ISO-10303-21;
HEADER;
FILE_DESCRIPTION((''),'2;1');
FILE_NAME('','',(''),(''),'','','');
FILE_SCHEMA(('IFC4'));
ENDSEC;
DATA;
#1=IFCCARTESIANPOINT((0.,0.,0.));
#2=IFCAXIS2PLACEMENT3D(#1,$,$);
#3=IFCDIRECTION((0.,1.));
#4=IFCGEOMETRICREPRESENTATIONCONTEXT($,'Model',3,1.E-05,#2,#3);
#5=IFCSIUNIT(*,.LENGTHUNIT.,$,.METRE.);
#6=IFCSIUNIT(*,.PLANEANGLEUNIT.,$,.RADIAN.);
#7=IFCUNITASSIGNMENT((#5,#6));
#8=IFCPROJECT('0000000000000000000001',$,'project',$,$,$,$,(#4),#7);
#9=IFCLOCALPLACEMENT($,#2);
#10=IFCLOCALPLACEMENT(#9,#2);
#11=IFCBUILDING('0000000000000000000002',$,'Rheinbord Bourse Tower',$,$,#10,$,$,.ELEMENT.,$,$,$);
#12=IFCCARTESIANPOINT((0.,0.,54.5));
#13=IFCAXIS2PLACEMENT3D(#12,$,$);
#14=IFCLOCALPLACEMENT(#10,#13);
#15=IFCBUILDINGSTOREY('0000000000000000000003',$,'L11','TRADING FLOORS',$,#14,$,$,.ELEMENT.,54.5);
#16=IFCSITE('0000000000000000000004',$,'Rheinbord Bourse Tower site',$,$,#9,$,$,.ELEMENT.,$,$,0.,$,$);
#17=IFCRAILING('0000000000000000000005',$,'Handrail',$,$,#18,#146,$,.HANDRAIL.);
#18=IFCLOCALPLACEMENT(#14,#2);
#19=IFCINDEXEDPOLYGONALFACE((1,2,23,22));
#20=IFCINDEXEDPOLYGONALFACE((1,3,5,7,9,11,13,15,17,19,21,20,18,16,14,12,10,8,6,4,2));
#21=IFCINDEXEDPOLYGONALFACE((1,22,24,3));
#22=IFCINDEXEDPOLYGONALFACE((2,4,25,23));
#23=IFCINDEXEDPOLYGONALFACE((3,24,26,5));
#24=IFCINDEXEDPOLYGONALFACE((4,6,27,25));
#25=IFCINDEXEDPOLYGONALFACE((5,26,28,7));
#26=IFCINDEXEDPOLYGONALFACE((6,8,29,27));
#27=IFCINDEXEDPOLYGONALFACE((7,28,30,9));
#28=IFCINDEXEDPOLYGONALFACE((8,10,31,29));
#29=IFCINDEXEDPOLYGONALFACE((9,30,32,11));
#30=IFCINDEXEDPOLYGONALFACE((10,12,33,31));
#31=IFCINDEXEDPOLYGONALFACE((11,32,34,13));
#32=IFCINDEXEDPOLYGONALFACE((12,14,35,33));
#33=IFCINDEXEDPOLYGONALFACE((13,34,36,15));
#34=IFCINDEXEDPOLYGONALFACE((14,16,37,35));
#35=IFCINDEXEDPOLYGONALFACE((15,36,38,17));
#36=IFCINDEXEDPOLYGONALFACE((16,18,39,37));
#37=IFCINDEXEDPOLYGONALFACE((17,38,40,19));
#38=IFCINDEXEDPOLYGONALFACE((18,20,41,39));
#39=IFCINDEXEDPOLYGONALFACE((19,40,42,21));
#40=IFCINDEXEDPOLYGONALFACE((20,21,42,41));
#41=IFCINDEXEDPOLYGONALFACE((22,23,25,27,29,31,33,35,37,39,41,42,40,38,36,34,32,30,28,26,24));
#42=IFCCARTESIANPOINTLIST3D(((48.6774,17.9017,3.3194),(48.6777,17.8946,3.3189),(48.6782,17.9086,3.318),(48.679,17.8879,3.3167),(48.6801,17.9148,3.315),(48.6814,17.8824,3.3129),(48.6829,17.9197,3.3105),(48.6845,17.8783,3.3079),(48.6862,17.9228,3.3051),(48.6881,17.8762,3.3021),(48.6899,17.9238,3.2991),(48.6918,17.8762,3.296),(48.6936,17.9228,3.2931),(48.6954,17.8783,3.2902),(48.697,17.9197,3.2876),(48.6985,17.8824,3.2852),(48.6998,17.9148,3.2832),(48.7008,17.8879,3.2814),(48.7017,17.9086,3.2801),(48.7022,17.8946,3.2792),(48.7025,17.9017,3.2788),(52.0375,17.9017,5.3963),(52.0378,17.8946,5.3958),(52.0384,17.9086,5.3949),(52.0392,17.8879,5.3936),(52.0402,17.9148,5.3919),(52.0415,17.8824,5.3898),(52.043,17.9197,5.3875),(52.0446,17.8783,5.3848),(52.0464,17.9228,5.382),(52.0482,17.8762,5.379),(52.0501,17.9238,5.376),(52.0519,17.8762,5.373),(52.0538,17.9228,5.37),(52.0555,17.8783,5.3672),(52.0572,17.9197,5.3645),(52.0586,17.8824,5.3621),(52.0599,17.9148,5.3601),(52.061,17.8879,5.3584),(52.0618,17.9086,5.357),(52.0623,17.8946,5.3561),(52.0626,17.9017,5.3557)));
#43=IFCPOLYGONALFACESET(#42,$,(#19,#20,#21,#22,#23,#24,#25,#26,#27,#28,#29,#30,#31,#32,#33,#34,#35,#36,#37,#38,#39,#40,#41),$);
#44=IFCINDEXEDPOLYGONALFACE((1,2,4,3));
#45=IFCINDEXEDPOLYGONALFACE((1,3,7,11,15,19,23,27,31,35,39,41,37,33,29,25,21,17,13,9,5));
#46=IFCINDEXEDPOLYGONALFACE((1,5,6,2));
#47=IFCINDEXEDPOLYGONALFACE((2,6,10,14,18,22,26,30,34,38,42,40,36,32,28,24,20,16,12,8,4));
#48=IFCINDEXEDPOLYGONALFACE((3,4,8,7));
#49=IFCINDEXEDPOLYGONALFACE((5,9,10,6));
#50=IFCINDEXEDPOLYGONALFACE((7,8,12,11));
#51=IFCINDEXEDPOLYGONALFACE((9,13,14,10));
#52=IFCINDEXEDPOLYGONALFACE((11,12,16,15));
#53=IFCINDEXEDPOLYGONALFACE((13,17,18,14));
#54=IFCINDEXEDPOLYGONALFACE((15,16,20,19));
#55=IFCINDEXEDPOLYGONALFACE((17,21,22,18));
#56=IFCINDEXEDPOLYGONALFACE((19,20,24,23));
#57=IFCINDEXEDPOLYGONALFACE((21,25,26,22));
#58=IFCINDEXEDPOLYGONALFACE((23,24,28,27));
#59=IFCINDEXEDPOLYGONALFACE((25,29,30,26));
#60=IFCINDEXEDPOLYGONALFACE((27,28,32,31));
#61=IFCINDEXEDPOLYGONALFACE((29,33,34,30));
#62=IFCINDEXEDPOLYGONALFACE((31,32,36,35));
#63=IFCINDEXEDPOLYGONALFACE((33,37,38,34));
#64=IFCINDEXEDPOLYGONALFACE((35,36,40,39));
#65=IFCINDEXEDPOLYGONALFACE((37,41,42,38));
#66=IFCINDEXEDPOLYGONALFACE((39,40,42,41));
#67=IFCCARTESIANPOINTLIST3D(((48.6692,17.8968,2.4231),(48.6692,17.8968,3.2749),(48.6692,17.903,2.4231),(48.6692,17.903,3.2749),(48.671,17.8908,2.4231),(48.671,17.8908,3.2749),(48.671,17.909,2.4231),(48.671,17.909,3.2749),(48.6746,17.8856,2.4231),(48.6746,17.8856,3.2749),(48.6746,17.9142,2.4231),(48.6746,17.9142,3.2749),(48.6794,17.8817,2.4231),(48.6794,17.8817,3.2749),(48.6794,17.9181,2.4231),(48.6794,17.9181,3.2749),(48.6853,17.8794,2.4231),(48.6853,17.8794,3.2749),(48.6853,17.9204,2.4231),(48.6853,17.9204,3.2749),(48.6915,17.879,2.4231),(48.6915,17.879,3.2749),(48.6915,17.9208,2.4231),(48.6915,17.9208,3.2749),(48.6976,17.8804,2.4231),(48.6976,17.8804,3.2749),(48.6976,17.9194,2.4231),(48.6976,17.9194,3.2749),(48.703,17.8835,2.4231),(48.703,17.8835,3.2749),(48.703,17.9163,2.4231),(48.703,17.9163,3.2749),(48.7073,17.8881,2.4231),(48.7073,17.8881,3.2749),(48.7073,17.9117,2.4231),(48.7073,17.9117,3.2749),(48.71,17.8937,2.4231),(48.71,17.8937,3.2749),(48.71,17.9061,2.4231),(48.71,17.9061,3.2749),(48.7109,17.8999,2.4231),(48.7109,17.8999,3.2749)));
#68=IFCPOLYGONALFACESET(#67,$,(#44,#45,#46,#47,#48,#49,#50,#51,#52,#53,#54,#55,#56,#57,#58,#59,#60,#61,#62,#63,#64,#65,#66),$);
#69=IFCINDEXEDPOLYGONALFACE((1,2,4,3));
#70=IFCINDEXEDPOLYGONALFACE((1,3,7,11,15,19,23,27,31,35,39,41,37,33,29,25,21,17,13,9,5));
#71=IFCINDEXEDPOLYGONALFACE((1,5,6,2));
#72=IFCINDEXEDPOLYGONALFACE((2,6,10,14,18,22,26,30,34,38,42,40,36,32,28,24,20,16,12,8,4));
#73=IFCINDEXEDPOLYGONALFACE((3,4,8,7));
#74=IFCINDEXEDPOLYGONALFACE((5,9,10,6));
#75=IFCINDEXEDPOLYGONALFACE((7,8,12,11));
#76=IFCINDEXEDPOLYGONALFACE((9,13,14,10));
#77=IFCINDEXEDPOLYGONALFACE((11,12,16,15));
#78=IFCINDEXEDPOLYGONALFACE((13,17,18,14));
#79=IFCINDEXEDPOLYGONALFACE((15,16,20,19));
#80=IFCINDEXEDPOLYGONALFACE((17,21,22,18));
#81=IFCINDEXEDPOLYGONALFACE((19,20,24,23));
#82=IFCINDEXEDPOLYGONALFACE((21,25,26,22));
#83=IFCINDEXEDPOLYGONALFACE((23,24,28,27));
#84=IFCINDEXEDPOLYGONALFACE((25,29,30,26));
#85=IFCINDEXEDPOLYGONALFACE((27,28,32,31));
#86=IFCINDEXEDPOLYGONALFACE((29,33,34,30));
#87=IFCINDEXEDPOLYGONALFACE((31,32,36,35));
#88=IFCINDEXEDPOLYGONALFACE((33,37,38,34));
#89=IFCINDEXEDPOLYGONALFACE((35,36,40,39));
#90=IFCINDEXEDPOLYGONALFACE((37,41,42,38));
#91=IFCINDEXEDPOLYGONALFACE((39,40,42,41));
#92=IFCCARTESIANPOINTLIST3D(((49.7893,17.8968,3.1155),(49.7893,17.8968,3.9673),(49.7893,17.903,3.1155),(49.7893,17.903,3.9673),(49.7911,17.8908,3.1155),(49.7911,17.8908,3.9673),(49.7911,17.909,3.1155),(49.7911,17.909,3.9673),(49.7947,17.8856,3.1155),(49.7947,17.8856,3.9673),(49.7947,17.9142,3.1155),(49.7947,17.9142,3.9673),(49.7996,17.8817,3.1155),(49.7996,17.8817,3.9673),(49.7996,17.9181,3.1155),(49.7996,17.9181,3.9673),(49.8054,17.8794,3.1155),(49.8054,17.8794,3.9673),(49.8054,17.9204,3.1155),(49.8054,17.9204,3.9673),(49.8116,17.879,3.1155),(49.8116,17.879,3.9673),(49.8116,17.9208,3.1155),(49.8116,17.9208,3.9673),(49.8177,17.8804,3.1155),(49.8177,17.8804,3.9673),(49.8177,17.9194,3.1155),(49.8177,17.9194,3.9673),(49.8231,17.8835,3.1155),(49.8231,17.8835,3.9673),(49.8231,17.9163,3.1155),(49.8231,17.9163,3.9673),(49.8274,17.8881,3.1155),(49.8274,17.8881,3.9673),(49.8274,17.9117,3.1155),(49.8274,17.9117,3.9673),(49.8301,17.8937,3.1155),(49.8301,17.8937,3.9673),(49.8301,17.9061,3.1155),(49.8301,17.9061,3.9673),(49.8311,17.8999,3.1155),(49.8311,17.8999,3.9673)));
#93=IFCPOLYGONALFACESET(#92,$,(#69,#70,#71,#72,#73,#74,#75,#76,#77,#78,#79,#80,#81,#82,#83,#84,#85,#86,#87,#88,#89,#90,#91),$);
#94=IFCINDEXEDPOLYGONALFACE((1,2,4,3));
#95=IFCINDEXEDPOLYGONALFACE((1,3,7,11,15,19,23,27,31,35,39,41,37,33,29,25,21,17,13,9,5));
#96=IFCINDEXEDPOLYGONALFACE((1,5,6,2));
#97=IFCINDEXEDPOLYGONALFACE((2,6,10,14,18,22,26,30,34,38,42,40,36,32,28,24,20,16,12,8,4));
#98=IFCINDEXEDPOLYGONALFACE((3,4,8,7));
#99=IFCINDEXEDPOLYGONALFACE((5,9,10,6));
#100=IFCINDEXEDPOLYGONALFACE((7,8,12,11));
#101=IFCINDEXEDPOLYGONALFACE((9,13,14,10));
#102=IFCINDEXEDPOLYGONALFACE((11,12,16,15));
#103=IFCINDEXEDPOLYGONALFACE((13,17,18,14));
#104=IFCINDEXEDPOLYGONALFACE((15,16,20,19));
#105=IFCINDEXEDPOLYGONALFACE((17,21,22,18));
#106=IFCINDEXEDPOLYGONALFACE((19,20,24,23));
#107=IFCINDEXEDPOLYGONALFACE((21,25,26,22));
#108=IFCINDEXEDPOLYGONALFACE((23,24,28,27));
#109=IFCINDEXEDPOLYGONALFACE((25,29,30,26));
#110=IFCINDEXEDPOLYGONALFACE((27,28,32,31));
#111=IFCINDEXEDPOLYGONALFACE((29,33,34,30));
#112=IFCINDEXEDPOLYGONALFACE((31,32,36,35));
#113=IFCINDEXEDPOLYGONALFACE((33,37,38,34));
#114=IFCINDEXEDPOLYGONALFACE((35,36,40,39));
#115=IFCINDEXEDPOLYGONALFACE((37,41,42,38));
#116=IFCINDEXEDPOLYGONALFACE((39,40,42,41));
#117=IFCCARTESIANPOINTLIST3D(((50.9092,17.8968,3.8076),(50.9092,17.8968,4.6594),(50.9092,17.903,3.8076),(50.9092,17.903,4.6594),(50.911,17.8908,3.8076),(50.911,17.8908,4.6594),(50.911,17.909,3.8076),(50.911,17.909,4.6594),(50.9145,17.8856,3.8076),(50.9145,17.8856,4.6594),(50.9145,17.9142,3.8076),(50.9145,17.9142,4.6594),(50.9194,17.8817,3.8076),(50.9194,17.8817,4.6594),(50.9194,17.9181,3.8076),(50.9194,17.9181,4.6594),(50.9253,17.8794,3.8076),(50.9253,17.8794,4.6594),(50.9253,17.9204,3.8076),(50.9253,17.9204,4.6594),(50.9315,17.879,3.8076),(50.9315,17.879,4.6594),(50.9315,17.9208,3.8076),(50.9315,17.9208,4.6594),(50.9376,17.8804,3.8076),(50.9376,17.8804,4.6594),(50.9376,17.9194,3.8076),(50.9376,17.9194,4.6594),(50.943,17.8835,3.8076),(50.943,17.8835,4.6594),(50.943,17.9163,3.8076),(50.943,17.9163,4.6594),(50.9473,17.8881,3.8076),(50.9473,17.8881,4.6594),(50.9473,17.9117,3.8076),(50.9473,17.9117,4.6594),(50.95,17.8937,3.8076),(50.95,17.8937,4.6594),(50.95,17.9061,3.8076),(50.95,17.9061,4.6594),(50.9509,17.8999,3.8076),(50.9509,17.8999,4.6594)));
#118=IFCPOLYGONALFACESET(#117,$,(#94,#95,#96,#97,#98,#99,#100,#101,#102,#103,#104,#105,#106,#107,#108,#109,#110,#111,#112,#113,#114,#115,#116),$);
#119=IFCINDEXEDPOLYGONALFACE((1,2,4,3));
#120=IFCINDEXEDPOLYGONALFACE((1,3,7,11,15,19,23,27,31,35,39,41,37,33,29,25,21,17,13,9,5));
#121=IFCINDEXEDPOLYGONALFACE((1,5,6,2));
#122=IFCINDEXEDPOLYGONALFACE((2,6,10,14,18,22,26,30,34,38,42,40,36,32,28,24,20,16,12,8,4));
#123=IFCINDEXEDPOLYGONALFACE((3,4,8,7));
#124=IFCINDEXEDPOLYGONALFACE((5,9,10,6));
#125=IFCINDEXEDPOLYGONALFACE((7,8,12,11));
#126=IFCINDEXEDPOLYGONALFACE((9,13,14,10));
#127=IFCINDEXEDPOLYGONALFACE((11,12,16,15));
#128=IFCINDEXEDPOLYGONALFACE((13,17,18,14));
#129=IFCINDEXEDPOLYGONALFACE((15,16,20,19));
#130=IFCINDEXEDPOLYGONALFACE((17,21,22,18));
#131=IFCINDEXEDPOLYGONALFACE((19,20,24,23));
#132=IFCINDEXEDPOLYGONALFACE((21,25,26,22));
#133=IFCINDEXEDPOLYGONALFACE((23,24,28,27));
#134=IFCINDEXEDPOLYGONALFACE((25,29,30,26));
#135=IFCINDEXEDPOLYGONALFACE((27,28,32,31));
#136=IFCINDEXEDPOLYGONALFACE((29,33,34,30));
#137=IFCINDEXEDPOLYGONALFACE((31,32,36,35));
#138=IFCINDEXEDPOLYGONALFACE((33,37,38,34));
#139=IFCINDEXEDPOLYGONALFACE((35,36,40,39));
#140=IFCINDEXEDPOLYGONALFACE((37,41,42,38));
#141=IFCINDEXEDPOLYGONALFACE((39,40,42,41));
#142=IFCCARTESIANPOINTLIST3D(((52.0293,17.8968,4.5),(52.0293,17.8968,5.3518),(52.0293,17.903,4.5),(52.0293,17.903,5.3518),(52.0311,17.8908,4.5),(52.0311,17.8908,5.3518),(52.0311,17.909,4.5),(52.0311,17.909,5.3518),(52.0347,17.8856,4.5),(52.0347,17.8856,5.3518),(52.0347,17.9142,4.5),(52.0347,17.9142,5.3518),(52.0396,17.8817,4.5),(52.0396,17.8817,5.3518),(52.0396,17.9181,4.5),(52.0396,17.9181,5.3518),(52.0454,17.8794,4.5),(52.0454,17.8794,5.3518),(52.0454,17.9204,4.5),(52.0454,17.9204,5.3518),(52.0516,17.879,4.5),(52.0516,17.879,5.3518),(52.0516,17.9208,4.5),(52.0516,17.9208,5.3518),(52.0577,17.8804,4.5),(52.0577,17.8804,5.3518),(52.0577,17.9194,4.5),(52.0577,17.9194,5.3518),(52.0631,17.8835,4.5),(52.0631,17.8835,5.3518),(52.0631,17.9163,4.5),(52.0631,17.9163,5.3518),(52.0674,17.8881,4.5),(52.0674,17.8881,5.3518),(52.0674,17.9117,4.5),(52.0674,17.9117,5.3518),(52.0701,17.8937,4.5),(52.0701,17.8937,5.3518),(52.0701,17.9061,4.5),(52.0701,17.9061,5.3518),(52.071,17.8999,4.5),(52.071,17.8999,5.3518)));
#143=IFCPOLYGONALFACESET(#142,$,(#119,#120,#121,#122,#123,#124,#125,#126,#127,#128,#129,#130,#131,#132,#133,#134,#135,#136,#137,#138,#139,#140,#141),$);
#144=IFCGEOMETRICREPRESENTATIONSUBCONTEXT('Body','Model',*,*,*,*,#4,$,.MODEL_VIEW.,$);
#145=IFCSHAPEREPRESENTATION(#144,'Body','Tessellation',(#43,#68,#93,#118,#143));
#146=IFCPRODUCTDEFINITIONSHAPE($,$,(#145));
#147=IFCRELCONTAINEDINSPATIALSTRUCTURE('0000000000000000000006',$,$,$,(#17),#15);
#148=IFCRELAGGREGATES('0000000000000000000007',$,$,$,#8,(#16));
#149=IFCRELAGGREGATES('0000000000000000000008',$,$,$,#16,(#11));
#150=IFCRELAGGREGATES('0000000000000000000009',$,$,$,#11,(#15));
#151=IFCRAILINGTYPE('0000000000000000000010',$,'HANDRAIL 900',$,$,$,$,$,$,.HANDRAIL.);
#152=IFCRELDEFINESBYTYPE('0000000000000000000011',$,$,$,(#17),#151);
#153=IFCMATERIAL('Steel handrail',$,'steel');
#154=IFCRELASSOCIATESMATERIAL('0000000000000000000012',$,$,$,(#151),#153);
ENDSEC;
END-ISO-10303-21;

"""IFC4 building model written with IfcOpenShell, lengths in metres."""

from ifc_helpers import new_model, si_unit, direction, frame, origin, origin_2d, place, context, subcontext, project, spatial, circle, extrude, material, type_object, element, save


model = new_model("IFC4")

# Units and contexts
model_context = context("Model", 3, precision=1e-05, world=origin(), true_north=direction((0.0, 1.0)))
body_context = subcontext(model_context, "Body", "Model", "MODEL_VIEW")
ifc_project = project(units=[si_unit("LENGTHUNIT", "METRE"), si_unit("PLANEANGLEUNIT", "RADIAN")], contexts=[model_context])

# Site, building, storey
site_placement = place(None, origin())
site = spatial("IfcSite", under=ifc_project, at=site_placement, Name="Rheinbord Bourse Tower site", CompositionType="ELEMENT", RefElevation=0.0)
building_placement = place(site_placement, origin())
building = spatial("IfcBuilding", under=site, at=building_placement, Name="Rheinbord Bourse Tower", CompositionType="ELEMENT")
storey_placement = place(building_placement, frame((0.0, 0.0, 54.5)))
storey = spatial("IfcBuildingStorey", under=building, at=storey_placement, Name="L11", Description="TRADING FLOORS", CompositionType="ELEMENT", Elevation=54.5)

# Railing
ifc_material_1 = material(Name="Steel handrail", Category="steel")
railing_type = type_object("IfcRailingType", Name="HANDRAIL 900", PredefinedType="HANDRAIL", material=ifc_material_1)
railing_1_placement = place(storey_placement, frame((48.6899, 17.8999, 2.4231)))
element("IfcRailing", 1, at=railing_1_placement, inside=storey, type_object=railing_type, Name="Handrail", PredefinedType="HANDRAIL", context=body_context, shape_type="SweptSolid", body=[
    extrude(circle(Radius=0.0239, at=origin_2d()), frame((0.0, 0.0, 0.876), z_axis=(0.850623, 0.0, 0.525776), x_axis=(0.0, 1.0, 0.0)), (0.0, 0.0, 1.0), 3.9502),
    extrude(circle(Radius=0.021, at=origin_2d()), origin(), (0.0, 0.0, 1.0), 0.8518),
    extrude(circle(Radius=0.021, at=origin_2d()), frame((1.1201, 0.0, 0.6924)), (0.0, 0.0, 1.0), 0.8518),
    extrude(circle(Radius=0.021, at=origin_2d()), frame((2.24, 0.0, 1.3845)), (0.0, 0.0, 1.0), 0.8518),
    extrude(circle(Radius=0.021, at=origin_2d()), frame((3.3601, 0.0, 2.0769)), (0.0, 0.0, 1.0), 0.8518),
])

save(model, "model.ifc")
